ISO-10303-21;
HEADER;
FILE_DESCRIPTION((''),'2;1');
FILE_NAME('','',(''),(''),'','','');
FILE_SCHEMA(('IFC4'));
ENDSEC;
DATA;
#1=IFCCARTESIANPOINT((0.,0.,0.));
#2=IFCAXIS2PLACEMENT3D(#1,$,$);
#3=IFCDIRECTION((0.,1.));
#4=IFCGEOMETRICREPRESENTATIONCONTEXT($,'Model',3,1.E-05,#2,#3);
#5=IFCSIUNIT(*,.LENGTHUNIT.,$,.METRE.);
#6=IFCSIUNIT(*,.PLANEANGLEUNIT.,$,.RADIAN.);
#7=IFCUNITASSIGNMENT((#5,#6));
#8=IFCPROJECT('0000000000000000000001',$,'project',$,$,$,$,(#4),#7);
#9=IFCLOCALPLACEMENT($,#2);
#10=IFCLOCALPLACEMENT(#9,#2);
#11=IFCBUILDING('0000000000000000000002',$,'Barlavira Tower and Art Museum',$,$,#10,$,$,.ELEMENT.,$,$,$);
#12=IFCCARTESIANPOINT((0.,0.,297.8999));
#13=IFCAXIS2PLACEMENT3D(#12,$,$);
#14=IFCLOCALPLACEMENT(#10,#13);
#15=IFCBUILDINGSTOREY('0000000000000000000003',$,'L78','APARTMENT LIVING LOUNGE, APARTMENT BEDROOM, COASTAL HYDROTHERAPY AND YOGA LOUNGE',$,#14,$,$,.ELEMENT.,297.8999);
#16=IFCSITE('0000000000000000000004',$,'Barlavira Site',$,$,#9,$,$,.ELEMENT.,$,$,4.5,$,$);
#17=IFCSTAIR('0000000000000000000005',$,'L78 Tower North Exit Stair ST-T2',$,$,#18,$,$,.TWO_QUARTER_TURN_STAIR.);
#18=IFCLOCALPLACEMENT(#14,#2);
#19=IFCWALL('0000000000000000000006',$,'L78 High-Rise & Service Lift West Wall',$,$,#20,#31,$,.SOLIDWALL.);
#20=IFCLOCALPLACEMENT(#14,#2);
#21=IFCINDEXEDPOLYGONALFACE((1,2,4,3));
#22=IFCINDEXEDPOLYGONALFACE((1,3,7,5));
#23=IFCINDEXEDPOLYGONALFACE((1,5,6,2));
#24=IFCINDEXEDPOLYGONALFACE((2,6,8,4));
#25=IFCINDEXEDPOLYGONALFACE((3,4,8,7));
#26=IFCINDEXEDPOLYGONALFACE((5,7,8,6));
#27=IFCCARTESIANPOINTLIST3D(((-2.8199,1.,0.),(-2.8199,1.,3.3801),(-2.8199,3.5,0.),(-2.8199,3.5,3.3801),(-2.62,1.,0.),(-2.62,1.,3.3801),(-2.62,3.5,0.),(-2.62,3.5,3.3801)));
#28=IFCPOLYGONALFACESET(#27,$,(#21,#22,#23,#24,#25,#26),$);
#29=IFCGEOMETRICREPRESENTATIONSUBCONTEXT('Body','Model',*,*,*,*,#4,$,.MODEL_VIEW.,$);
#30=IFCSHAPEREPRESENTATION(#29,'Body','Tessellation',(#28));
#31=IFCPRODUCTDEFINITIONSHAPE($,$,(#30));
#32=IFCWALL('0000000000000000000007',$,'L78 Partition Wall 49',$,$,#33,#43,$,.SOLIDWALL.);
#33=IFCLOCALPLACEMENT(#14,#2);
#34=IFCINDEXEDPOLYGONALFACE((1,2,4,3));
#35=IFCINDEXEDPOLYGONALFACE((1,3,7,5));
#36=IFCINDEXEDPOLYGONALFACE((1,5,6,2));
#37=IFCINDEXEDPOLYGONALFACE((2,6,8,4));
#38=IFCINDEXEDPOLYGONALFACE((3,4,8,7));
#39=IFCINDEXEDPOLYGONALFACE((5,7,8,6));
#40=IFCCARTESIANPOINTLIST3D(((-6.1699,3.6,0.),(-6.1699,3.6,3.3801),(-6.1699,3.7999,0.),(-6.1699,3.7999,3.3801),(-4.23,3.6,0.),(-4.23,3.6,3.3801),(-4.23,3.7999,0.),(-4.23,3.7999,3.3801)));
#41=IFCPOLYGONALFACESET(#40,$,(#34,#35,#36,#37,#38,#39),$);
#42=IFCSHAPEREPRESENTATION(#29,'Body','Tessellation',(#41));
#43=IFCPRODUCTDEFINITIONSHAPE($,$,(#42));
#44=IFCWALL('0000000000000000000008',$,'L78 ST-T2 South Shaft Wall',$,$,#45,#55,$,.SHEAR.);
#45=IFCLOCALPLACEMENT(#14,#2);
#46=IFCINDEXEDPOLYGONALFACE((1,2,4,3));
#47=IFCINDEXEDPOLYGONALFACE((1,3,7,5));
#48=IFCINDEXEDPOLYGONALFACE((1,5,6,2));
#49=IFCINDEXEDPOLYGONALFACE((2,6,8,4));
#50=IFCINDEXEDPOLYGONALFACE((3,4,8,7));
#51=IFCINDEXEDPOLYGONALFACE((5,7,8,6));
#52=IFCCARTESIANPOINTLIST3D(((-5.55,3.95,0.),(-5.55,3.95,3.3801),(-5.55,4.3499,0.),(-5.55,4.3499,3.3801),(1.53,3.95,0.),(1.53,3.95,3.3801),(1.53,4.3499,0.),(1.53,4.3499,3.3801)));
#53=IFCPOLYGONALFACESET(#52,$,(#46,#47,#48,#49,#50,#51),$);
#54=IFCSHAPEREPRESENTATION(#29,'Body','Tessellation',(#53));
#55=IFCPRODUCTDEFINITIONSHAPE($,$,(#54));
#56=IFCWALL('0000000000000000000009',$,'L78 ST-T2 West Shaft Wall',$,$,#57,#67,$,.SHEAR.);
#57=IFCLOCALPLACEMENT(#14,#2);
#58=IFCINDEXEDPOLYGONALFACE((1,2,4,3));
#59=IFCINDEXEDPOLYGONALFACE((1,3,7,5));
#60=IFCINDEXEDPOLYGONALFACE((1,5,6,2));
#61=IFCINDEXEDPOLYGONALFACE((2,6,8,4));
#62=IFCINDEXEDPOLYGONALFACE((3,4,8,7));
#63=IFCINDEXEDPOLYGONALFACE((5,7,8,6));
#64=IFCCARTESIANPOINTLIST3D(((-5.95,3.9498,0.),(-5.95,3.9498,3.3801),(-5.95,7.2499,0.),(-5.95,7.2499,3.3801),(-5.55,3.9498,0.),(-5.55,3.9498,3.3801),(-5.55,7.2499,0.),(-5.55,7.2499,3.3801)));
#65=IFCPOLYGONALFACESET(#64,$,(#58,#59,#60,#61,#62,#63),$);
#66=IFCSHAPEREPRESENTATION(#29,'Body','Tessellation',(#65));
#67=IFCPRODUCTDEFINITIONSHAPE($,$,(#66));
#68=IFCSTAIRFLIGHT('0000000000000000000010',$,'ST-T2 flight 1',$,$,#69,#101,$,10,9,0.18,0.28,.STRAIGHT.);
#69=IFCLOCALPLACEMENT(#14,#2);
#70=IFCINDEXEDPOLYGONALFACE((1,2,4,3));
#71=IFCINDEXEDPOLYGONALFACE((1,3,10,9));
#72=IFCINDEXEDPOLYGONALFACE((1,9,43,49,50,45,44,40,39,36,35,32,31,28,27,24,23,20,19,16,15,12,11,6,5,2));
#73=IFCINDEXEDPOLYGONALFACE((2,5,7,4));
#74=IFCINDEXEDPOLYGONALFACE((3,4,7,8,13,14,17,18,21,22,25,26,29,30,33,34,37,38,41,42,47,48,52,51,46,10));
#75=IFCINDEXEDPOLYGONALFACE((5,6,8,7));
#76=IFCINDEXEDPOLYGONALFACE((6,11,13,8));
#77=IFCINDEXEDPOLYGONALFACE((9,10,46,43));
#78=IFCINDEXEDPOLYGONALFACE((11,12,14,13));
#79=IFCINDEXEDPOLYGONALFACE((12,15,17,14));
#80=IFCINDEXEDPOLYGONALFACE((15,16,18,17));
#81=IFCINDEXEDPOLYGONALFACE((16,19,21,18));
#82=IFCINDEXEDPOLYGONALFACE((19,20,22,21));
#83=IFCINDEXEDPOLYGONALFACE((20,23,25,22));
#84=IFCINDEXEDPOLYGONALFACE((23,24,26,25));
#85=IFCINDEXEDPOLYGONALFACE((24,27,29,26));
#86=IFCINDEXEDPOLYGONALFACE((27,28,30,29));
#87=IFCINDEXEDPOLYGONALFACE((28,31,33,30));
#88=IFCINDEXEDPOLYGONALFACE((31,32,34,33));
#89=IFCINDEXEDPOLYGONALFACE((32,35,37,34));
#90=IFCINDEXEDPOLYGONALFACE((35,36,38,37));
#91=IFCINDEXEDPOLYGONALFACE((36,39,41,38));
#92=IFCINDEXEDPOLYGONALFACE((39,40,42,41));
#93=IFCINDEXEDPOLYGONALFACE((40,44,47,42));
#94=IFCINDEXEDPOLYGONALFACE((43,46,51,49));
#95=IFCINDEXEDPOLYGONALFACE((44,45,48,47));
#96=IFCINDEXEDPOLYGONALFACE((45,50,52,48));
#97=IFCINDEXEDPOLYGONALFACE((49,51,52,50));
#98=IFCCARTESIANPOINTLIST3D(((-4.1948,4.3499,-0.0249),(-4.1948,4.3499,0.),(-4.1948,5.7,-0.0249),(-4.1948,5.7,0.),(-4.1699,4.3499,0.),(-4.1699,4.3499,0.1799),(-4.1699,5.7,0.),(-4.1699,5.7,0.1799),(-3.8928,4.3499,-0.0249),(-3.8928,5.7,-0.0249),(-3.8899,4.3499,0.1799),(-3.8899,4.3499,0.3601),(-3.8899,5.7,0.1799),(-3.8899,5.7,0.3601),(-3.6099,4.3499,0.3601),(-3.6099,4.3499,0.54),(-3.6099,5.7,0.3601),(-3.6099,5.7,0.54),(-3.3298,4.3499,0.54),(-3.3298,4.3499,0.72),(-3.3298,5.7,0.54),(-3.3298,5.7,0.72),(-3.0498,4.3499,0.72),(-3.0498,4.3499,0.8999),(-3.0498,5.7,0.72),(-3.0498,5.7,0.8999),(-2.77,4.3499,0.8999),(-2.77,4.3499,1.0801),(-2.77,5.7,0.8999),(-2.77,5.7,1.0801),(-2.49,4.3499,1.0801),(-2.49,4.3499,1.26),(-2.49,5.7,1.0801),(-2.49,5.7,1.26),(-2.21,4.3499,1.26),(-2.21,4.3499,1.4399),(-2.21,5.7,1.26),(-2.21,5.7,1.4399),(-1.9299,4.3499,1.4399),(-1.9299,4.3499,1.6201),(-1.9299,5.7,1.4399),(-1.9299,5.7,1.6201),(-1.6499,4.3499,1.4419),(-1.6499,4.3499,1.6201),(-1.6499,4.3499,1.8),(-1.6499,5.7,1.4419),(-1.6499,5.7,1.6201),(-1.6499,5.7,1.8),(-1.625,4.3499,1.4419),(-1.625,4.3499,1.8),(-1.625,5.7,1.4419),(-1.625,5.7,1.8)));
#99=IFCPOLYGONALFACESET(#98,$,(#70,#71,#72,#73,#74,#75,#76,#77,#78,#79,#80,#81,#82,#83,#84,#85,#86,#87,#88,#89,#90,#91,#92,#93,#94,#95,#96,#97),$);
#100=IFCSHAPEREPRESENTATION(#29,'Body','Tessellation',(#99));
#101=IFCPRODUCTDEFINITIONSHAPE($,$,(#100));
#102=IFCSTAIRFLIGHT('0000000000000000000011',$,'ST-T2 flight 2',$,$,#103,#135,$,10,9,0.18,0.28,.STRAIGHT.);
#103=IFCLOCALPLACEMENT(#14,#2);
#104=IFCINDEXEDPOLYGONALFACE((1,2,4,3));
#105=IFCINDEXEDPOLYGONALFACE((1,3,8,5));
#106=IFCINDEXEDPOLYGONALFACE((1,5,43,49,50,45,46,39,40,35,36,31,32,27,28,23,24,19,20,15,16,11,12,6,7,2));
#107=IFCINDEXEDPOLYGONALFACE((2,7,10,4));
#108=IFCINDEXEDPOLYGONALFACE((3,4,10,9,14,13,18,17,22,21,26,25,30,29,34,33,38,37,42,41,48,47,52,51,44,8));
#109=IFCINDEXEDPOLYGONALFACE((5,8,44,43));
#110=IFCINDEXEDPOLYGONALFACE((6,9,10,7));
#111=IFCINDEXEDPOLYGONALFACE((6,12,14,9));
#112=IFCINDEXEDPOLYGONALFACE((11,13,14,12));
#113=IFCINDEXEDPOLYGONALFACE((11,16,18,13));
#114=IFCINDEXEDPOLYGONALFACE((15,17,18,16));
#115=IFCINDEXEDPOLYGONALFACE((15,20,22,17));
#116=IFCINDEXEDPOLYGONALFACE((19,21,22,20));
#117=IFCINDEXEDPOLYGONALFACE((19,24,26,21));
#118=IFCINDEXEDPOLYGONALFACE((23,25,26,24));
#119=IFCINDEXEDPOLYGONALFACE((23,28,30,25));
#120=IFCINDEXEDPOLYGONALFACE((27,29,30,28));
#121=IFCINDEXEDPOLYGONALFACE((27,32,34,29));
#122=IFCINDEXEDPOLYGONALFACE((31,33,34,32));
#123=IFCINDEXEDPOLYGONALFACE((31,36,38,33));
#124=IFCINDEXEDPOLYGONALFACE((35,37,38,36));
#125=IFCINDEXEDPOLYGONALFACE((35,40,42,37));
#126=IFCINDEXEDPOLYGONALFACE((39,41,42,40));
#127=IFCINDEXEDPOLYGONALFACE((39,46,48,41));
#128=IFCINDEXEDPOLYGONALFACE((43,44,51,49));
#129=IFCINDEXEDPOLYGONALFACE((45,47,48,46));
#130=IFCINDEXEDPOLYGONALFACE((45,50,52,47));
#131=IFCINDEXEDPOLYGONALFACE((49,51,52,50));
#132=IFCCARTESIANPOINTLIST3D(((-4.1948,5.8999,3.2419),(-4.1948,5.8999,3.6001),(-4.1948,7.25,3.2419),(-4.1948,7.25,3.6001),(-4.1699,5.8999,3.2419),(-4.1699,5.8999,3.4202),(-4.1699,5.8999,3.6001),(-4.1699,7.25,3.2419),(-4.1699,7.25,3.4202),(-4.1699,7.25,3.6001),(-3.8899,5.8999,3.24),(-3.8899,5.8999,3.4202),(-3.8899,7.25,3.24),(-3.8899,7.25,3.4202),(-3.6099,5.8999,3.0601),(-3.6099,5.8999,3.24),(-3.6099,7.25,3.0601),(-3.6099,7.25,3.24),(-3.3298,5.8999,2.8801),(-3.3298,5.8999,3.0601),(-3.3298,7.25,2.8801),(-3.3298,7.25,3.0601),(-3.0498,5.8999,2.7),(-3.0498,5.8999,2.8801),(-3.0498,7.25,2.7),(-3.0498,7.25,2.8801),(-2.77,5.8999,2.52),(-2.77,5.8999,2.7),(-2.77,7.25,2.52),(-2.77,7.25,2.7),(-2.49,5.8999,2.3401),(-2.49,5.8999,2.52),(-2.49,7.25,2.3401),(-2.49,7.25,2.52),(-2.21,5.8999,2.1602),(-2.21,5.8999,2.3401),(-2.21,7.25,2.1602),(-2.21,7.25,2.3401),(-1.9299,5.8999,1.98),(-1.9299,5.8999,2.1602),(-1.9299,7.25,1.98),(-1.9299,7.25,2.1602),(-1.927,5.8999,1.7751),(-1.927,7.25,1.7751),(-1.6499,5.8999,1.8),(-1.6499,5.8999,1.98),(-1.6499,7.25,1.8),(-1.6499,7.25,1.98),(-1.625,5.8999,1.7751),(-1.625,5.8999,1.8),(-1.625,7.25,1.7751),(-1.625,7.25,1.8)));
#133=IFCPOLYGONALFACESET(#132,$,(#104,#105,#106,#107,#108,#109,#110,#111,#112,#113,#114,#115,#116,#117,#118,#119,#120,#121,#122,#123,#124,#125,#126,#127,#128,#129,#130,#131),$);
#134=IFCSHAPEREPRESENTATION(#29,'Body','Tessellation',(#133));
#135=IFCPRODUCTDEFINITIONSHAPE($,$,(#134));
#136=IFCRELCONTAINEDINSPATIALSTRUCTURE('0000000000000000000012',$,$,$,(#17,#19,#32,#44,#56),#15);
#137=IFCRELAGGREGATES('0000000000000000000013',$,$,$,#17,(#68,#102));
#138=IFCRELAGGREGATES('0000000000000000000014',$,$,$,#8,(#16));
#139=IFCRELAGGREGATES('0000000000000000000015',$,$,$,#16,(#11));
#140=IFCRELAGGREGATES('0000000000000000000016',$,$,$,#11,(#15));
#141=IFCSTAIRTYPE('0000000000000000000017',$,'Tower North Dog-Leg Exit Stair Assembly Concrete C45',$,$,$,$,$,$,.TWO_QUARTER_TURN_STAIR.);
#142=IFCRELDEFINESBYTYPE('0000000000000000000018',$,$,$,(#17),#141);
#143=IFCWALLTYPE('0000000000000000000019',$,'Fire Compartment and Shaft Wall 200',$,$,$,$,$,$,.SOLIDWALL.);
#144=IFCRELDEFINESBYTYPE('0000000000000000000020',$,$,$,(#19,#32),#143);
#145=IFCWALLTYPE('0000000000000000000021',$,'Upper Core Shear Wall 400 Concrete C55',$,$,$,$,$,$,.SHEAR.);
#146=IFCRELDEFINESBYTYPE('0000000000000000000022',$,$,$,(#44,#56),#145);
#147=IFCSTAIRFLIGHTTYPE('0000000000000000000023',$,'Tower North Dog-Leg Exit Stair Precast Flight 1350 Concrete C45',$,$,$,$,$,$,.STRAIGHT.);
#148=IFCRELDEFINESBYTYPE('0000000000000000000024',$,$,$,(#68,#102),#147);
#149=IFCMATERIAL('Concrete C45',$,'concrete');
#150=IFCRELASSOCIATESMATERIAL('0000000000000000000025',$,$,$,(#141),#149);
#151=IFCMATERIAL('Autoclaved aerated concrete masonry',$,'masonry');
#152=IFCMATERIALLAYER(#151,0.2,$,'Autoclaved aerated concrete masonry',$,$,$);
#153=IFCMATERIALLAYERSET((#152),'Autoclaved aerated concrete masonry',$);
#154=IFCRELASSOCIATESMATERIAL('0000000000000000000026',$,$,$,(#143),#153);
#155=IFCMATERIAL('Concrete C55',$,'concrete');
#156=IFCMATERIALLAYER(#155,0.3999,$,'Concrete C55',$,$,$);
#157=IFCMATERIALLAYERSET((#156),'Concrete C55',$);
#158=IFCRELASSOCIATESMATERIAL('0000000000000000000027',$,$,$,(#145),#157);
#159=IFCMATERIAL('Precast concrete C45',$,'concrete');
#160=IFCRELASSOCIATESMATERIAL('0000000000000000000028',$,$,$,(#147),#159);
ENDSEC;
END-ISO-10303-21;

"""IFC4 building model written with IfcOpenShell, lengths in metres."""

from ifc_helpers import new_model, si_unit, direction, frame, frame_2d, origin, place, context, subcontext, project, spatial, polyline, rectangle, outline, extrude, material, layer, layer_set, type_object, element, aggregate, save


model = new_model("IFC4")

# Units and contexts
model_context = context("Model", 3, precision=1e-05, world=origin(), true_north=direction((0.0, 1.0)))
body_context = subcontext(model_context, "Body", "Model", "MODEL_VIEW")
ifc_project = project(units=[si_unit("LENGTHUNIT", "METRE"), si_unit("PLANEANGLEUNIT", "RADIAN")], contexts=[model_context])

# Site, building, storey
site_placement = place(None, origin())
site = spatial("IfcSite", under=ifc_project, at=site_placement, Name="Barlavira Site", CompositionType="ELEMENT", RefElevation=4.5)
building_placement = place(site_placement, origin())
building = spatial("IfcBuilding", under=site, at=building_placement, Name="Barlavira Tower and Art Museum", CompositionType="ELEMENT")
storey_placement = place(building_placement, frame((0.0, 0.0, 297.8999)))
storey = spatial("IfcBuildingStorey", under=building, at=storey_placement, Name="L78", Description="APARTMENT LIVING LOUNGE, APARTMENT BEDROOM, COASTAL HYDROTHERAPY AND YOGA LOUNGE", CompositionType="ELEMENT", Elevation=297.8999)

# Stair
ifc_material_1 = material(Name="Concrete C45", Category="concrete")
stair_type_1 = type_object("IfcStairType", Name="Tower North Dog-Leg Exit Stair Assembly Concrete C45", PredefinedType="TWO_QUARTER_TURN_STAIR", material=ifc_material_1)
stair_1_placement = place(storey_placement, origin())
stair_1 = element("IfcStair", 1, at=stair_1_placement, inside=storey, type_object=stair_type_1, Name="L78 Tower North Exit Stair ST-T2", PredefinedType="TWO_QUARTER_TURN_STAIR")

# Shared definitions
ifc_material_2 = material(Name="Autoclaved aerated concrete masonry", Category="masonry")
ifc_layer_1 = layer(ifc_material_2, 0.2, Name="Autoclaved aerated concrete masonry")
ifc_layer_set_1 = layer_set([ifc_layer_1], Name="Autoclaved aerated concrete masonry")
wall_type_1 = type_object("IfcWallType", Name="Fire Compartment and Shaft Wall 200", PredefinedType="SOLIDWALL", material=ifc_layer_set_1)

# Walls
wall_1_placement = place(storey_placement, frame((-2.72, 1.0, 0.0), z_axis=(0.0, 0.0, 1.0), x_axis=(0.0, 1.0, 0.0)))
element("IfcWall", 2, at=wall_1_placement, inside=storey, type_object=wall_type_1, Name="L78 High-Rise & Service Lift West Wall", PredefinedType="SOLIDWALL", context=body_context, shape_type="SweptSolid", body=[
    extrude(rectangle(XDim=2.5, YDim=0.2, at=frame_2d((1.25, 0.0))), origin(), (0.0, 0.0, 1.0), 3.3801),
])
wall_2_placement = place(storey_placement, frame((-6.1699, 3.7, 0.0), z_axis=(0.0, 0.0, 1.0), x_axis=(1.0, 0.0, 0.0)))
element("IfcWall", 3, at=wall_2_placement, inside=storey, type_object=wall_type_1, Name="L78 Partition Wall 49", PredefinedType="SOLIDWALL", context=body_context, shape_type="SweptSolid", body=[
    extrude(rectangle(XDim=1.9399, YDim=0.2, at=frame_2d((0.97, 0.0))), origin(), (0.0, 0.0, 1.0), 3.3801),
])
ifc_material_3 = material(Name="Concrete C55", Category="concrete")
ifc_layer_2 = layer(ifc_material_3, 0.3999, Name="Concrete C55")
ifc_layer_set_2 = layer_set([ifc_layer_2], Name="Concrete C55")
wall_type_2 = type_object("IfcWallType", Name="Upper Core Shear Wall 400 Concrete C55", PredefinedType="SHEAR", material=ifc_layer_set_2)
wall_3_placement = place(storey_placement, frame((-5.55, 4.1499, 0.0), z_axis=(0.0, 0.0, 1.0), x_axis=(1.0, 0.0, 0.0)))
element("IfcWall", 4, at=wall_3_placement, inside=storey, type_object=wall_type_2, Name="L78 ST-T2 South Shaft Wall", PredefinedType="SHEAR", context=body_context, shape_type="SweptSolid", body=[
    extrude(rectangle(XDim=7.0801, YDim=0.3999, at=frame_2d((3.54, 0.0))), origin(), (0.0, 0.0, 1.0), 3.3801),
])
wall_4_placement = place(storey_placement, frame((-5.75, 3.95, 0.0), z_axis=(0.0, 0.0, 1.0), x_axis=(0.0, 1.0, 0.0)))
element("IfcWall", 5, at=wall_4_placement, inside=storey, type_object=wall_type_2, Name="L78 ST-T2 West Shaft Wall", PredefinedType="SHEAR", context=body_context, shape_type="SweptSolid", body=[
    extrude(rectangle(XDim=3.3, YDim=0.3999, at=frame_2d((1.6499, 0.0))), origin(), (0.0, 0.0, 1.0), 3.3801),
])

# Stair flights
ifc_material_4 = material(Name="Precast concrete C45", Category="concrete")
stair_flight_type = type_object("IfcStairFlightType", Name="Tower North Dog-Leg Exit Stair Precast Flight 1350 Concrete C45", PredefinedType="STRAIGHT", material=ifc_material_4)
stair_flight_1_placement = place(storey_placement, frame((-4.1699, 5.0249, 0.0), z_axis=(0.0, 0.0, 1.0), x_axis=(1.0, 0.0, 0.0)))
stair_flight_1 = element("IfcStairFlight", 6, at=stair_flight_1_placement, type_object=stair_flight_type, Name="ST-T2 flight 1", NumberOfRisers=10, NumberOfTreads=9, PredefinedType="STRAIGHT", RiserHeight=0.18, TreadLength=0.28, context=body_context, shape_type="SweptSolid", body=[
    extrude(outline(polyline([(-0.0249, 0.0), (0.0, 0.0), (0.0, 0.1799), (0.28, 0.1799), (0.28, 0.3601), (0.5601, 0.3601), (0.5601, 0.54), (0.8401, 0.54), (0.8401, 0.72), (1.1201, 0.72), (1.1201, 0.8999), (1.3999, 0.8999), (1.3999, 1.0801), (1.6799, 1.0801), (1.6799, 1.26), (1.96, 1.26), (1.96, 1.4399), (2.24, 1.4399), (2.24, 1.6201), (2.52, 1.6201), (2.52, 1.8), (2.5449, 1.8), (2.5449, 1.4419), (2.52, 1.4419), (0.2771, -0.0249), (-0.0249, -0.0249), (-0.0249, 0.0)])), frame((0.0, 0.675, 0.0), z_axis=(0.0, -1.0, 0.0), x_axis=(1.0, 0.0, 0.0)), (0.0, 0.0, 1.0), 1.3501),
])
stair_flight_2_placement = place(storey_placement, frame((-1.6499, 6.575, 1.8), z_axis=(0.0, 0.0, 1.0), x_axis=(-1.0, 0.0, 0.0)))
stair_flight_2 = element("IfcStairFlight", 7, at=stair_flight_2_placement, type_object=stair_flight_type, Name="ST-T2 flight 2", NumberOfRisers=10, NumberOfTreads=9, PredefinedType="STRAIGHT", RiserHeight=0.18, TreadLength=0.28, context=body_context, shape_type="SweptSolid", body=[
    extrude(outline(polyline([(-0.0249, 0.0), (0.0, 0.0), (0.0, 0.1799), (0.28, 0.1799), (0.28, 0.3601), (0.5601, 0.3601), (0.5601, 0.54), (0.8401, 0.54), (0.8401, 0.72), (1.1201, 0.72), (1.1201, 0.8999), (1.3999, 0.8999), (1.3999, 1.0801), (1.6799, 1.0801), (1.6799, 1.26), (1.96, 1.26), (1.96, 1.4399), (2.24, 1.4399), (2.24, 1.6201), (2.52, 1.6201), (2.52, 1.8), (2.5449, 1.8), (2.5449, 1.4419), (2.52, 1.4419), (0.2771, -0.0249), (-0.0249, -0.0249), (-0.0249, 0.0)])), frame((0.0, 0.675, 0.0), z_axis=(0.0, -1.0, 0.0), x_axis=(1.0, 0.0, 0.0)), (0.0, 0.0, 1.0), 1.3501),
])
aggregate(stair_1, [stair_flight_1, stair_flight_2])

save(model, "model.ifc")
